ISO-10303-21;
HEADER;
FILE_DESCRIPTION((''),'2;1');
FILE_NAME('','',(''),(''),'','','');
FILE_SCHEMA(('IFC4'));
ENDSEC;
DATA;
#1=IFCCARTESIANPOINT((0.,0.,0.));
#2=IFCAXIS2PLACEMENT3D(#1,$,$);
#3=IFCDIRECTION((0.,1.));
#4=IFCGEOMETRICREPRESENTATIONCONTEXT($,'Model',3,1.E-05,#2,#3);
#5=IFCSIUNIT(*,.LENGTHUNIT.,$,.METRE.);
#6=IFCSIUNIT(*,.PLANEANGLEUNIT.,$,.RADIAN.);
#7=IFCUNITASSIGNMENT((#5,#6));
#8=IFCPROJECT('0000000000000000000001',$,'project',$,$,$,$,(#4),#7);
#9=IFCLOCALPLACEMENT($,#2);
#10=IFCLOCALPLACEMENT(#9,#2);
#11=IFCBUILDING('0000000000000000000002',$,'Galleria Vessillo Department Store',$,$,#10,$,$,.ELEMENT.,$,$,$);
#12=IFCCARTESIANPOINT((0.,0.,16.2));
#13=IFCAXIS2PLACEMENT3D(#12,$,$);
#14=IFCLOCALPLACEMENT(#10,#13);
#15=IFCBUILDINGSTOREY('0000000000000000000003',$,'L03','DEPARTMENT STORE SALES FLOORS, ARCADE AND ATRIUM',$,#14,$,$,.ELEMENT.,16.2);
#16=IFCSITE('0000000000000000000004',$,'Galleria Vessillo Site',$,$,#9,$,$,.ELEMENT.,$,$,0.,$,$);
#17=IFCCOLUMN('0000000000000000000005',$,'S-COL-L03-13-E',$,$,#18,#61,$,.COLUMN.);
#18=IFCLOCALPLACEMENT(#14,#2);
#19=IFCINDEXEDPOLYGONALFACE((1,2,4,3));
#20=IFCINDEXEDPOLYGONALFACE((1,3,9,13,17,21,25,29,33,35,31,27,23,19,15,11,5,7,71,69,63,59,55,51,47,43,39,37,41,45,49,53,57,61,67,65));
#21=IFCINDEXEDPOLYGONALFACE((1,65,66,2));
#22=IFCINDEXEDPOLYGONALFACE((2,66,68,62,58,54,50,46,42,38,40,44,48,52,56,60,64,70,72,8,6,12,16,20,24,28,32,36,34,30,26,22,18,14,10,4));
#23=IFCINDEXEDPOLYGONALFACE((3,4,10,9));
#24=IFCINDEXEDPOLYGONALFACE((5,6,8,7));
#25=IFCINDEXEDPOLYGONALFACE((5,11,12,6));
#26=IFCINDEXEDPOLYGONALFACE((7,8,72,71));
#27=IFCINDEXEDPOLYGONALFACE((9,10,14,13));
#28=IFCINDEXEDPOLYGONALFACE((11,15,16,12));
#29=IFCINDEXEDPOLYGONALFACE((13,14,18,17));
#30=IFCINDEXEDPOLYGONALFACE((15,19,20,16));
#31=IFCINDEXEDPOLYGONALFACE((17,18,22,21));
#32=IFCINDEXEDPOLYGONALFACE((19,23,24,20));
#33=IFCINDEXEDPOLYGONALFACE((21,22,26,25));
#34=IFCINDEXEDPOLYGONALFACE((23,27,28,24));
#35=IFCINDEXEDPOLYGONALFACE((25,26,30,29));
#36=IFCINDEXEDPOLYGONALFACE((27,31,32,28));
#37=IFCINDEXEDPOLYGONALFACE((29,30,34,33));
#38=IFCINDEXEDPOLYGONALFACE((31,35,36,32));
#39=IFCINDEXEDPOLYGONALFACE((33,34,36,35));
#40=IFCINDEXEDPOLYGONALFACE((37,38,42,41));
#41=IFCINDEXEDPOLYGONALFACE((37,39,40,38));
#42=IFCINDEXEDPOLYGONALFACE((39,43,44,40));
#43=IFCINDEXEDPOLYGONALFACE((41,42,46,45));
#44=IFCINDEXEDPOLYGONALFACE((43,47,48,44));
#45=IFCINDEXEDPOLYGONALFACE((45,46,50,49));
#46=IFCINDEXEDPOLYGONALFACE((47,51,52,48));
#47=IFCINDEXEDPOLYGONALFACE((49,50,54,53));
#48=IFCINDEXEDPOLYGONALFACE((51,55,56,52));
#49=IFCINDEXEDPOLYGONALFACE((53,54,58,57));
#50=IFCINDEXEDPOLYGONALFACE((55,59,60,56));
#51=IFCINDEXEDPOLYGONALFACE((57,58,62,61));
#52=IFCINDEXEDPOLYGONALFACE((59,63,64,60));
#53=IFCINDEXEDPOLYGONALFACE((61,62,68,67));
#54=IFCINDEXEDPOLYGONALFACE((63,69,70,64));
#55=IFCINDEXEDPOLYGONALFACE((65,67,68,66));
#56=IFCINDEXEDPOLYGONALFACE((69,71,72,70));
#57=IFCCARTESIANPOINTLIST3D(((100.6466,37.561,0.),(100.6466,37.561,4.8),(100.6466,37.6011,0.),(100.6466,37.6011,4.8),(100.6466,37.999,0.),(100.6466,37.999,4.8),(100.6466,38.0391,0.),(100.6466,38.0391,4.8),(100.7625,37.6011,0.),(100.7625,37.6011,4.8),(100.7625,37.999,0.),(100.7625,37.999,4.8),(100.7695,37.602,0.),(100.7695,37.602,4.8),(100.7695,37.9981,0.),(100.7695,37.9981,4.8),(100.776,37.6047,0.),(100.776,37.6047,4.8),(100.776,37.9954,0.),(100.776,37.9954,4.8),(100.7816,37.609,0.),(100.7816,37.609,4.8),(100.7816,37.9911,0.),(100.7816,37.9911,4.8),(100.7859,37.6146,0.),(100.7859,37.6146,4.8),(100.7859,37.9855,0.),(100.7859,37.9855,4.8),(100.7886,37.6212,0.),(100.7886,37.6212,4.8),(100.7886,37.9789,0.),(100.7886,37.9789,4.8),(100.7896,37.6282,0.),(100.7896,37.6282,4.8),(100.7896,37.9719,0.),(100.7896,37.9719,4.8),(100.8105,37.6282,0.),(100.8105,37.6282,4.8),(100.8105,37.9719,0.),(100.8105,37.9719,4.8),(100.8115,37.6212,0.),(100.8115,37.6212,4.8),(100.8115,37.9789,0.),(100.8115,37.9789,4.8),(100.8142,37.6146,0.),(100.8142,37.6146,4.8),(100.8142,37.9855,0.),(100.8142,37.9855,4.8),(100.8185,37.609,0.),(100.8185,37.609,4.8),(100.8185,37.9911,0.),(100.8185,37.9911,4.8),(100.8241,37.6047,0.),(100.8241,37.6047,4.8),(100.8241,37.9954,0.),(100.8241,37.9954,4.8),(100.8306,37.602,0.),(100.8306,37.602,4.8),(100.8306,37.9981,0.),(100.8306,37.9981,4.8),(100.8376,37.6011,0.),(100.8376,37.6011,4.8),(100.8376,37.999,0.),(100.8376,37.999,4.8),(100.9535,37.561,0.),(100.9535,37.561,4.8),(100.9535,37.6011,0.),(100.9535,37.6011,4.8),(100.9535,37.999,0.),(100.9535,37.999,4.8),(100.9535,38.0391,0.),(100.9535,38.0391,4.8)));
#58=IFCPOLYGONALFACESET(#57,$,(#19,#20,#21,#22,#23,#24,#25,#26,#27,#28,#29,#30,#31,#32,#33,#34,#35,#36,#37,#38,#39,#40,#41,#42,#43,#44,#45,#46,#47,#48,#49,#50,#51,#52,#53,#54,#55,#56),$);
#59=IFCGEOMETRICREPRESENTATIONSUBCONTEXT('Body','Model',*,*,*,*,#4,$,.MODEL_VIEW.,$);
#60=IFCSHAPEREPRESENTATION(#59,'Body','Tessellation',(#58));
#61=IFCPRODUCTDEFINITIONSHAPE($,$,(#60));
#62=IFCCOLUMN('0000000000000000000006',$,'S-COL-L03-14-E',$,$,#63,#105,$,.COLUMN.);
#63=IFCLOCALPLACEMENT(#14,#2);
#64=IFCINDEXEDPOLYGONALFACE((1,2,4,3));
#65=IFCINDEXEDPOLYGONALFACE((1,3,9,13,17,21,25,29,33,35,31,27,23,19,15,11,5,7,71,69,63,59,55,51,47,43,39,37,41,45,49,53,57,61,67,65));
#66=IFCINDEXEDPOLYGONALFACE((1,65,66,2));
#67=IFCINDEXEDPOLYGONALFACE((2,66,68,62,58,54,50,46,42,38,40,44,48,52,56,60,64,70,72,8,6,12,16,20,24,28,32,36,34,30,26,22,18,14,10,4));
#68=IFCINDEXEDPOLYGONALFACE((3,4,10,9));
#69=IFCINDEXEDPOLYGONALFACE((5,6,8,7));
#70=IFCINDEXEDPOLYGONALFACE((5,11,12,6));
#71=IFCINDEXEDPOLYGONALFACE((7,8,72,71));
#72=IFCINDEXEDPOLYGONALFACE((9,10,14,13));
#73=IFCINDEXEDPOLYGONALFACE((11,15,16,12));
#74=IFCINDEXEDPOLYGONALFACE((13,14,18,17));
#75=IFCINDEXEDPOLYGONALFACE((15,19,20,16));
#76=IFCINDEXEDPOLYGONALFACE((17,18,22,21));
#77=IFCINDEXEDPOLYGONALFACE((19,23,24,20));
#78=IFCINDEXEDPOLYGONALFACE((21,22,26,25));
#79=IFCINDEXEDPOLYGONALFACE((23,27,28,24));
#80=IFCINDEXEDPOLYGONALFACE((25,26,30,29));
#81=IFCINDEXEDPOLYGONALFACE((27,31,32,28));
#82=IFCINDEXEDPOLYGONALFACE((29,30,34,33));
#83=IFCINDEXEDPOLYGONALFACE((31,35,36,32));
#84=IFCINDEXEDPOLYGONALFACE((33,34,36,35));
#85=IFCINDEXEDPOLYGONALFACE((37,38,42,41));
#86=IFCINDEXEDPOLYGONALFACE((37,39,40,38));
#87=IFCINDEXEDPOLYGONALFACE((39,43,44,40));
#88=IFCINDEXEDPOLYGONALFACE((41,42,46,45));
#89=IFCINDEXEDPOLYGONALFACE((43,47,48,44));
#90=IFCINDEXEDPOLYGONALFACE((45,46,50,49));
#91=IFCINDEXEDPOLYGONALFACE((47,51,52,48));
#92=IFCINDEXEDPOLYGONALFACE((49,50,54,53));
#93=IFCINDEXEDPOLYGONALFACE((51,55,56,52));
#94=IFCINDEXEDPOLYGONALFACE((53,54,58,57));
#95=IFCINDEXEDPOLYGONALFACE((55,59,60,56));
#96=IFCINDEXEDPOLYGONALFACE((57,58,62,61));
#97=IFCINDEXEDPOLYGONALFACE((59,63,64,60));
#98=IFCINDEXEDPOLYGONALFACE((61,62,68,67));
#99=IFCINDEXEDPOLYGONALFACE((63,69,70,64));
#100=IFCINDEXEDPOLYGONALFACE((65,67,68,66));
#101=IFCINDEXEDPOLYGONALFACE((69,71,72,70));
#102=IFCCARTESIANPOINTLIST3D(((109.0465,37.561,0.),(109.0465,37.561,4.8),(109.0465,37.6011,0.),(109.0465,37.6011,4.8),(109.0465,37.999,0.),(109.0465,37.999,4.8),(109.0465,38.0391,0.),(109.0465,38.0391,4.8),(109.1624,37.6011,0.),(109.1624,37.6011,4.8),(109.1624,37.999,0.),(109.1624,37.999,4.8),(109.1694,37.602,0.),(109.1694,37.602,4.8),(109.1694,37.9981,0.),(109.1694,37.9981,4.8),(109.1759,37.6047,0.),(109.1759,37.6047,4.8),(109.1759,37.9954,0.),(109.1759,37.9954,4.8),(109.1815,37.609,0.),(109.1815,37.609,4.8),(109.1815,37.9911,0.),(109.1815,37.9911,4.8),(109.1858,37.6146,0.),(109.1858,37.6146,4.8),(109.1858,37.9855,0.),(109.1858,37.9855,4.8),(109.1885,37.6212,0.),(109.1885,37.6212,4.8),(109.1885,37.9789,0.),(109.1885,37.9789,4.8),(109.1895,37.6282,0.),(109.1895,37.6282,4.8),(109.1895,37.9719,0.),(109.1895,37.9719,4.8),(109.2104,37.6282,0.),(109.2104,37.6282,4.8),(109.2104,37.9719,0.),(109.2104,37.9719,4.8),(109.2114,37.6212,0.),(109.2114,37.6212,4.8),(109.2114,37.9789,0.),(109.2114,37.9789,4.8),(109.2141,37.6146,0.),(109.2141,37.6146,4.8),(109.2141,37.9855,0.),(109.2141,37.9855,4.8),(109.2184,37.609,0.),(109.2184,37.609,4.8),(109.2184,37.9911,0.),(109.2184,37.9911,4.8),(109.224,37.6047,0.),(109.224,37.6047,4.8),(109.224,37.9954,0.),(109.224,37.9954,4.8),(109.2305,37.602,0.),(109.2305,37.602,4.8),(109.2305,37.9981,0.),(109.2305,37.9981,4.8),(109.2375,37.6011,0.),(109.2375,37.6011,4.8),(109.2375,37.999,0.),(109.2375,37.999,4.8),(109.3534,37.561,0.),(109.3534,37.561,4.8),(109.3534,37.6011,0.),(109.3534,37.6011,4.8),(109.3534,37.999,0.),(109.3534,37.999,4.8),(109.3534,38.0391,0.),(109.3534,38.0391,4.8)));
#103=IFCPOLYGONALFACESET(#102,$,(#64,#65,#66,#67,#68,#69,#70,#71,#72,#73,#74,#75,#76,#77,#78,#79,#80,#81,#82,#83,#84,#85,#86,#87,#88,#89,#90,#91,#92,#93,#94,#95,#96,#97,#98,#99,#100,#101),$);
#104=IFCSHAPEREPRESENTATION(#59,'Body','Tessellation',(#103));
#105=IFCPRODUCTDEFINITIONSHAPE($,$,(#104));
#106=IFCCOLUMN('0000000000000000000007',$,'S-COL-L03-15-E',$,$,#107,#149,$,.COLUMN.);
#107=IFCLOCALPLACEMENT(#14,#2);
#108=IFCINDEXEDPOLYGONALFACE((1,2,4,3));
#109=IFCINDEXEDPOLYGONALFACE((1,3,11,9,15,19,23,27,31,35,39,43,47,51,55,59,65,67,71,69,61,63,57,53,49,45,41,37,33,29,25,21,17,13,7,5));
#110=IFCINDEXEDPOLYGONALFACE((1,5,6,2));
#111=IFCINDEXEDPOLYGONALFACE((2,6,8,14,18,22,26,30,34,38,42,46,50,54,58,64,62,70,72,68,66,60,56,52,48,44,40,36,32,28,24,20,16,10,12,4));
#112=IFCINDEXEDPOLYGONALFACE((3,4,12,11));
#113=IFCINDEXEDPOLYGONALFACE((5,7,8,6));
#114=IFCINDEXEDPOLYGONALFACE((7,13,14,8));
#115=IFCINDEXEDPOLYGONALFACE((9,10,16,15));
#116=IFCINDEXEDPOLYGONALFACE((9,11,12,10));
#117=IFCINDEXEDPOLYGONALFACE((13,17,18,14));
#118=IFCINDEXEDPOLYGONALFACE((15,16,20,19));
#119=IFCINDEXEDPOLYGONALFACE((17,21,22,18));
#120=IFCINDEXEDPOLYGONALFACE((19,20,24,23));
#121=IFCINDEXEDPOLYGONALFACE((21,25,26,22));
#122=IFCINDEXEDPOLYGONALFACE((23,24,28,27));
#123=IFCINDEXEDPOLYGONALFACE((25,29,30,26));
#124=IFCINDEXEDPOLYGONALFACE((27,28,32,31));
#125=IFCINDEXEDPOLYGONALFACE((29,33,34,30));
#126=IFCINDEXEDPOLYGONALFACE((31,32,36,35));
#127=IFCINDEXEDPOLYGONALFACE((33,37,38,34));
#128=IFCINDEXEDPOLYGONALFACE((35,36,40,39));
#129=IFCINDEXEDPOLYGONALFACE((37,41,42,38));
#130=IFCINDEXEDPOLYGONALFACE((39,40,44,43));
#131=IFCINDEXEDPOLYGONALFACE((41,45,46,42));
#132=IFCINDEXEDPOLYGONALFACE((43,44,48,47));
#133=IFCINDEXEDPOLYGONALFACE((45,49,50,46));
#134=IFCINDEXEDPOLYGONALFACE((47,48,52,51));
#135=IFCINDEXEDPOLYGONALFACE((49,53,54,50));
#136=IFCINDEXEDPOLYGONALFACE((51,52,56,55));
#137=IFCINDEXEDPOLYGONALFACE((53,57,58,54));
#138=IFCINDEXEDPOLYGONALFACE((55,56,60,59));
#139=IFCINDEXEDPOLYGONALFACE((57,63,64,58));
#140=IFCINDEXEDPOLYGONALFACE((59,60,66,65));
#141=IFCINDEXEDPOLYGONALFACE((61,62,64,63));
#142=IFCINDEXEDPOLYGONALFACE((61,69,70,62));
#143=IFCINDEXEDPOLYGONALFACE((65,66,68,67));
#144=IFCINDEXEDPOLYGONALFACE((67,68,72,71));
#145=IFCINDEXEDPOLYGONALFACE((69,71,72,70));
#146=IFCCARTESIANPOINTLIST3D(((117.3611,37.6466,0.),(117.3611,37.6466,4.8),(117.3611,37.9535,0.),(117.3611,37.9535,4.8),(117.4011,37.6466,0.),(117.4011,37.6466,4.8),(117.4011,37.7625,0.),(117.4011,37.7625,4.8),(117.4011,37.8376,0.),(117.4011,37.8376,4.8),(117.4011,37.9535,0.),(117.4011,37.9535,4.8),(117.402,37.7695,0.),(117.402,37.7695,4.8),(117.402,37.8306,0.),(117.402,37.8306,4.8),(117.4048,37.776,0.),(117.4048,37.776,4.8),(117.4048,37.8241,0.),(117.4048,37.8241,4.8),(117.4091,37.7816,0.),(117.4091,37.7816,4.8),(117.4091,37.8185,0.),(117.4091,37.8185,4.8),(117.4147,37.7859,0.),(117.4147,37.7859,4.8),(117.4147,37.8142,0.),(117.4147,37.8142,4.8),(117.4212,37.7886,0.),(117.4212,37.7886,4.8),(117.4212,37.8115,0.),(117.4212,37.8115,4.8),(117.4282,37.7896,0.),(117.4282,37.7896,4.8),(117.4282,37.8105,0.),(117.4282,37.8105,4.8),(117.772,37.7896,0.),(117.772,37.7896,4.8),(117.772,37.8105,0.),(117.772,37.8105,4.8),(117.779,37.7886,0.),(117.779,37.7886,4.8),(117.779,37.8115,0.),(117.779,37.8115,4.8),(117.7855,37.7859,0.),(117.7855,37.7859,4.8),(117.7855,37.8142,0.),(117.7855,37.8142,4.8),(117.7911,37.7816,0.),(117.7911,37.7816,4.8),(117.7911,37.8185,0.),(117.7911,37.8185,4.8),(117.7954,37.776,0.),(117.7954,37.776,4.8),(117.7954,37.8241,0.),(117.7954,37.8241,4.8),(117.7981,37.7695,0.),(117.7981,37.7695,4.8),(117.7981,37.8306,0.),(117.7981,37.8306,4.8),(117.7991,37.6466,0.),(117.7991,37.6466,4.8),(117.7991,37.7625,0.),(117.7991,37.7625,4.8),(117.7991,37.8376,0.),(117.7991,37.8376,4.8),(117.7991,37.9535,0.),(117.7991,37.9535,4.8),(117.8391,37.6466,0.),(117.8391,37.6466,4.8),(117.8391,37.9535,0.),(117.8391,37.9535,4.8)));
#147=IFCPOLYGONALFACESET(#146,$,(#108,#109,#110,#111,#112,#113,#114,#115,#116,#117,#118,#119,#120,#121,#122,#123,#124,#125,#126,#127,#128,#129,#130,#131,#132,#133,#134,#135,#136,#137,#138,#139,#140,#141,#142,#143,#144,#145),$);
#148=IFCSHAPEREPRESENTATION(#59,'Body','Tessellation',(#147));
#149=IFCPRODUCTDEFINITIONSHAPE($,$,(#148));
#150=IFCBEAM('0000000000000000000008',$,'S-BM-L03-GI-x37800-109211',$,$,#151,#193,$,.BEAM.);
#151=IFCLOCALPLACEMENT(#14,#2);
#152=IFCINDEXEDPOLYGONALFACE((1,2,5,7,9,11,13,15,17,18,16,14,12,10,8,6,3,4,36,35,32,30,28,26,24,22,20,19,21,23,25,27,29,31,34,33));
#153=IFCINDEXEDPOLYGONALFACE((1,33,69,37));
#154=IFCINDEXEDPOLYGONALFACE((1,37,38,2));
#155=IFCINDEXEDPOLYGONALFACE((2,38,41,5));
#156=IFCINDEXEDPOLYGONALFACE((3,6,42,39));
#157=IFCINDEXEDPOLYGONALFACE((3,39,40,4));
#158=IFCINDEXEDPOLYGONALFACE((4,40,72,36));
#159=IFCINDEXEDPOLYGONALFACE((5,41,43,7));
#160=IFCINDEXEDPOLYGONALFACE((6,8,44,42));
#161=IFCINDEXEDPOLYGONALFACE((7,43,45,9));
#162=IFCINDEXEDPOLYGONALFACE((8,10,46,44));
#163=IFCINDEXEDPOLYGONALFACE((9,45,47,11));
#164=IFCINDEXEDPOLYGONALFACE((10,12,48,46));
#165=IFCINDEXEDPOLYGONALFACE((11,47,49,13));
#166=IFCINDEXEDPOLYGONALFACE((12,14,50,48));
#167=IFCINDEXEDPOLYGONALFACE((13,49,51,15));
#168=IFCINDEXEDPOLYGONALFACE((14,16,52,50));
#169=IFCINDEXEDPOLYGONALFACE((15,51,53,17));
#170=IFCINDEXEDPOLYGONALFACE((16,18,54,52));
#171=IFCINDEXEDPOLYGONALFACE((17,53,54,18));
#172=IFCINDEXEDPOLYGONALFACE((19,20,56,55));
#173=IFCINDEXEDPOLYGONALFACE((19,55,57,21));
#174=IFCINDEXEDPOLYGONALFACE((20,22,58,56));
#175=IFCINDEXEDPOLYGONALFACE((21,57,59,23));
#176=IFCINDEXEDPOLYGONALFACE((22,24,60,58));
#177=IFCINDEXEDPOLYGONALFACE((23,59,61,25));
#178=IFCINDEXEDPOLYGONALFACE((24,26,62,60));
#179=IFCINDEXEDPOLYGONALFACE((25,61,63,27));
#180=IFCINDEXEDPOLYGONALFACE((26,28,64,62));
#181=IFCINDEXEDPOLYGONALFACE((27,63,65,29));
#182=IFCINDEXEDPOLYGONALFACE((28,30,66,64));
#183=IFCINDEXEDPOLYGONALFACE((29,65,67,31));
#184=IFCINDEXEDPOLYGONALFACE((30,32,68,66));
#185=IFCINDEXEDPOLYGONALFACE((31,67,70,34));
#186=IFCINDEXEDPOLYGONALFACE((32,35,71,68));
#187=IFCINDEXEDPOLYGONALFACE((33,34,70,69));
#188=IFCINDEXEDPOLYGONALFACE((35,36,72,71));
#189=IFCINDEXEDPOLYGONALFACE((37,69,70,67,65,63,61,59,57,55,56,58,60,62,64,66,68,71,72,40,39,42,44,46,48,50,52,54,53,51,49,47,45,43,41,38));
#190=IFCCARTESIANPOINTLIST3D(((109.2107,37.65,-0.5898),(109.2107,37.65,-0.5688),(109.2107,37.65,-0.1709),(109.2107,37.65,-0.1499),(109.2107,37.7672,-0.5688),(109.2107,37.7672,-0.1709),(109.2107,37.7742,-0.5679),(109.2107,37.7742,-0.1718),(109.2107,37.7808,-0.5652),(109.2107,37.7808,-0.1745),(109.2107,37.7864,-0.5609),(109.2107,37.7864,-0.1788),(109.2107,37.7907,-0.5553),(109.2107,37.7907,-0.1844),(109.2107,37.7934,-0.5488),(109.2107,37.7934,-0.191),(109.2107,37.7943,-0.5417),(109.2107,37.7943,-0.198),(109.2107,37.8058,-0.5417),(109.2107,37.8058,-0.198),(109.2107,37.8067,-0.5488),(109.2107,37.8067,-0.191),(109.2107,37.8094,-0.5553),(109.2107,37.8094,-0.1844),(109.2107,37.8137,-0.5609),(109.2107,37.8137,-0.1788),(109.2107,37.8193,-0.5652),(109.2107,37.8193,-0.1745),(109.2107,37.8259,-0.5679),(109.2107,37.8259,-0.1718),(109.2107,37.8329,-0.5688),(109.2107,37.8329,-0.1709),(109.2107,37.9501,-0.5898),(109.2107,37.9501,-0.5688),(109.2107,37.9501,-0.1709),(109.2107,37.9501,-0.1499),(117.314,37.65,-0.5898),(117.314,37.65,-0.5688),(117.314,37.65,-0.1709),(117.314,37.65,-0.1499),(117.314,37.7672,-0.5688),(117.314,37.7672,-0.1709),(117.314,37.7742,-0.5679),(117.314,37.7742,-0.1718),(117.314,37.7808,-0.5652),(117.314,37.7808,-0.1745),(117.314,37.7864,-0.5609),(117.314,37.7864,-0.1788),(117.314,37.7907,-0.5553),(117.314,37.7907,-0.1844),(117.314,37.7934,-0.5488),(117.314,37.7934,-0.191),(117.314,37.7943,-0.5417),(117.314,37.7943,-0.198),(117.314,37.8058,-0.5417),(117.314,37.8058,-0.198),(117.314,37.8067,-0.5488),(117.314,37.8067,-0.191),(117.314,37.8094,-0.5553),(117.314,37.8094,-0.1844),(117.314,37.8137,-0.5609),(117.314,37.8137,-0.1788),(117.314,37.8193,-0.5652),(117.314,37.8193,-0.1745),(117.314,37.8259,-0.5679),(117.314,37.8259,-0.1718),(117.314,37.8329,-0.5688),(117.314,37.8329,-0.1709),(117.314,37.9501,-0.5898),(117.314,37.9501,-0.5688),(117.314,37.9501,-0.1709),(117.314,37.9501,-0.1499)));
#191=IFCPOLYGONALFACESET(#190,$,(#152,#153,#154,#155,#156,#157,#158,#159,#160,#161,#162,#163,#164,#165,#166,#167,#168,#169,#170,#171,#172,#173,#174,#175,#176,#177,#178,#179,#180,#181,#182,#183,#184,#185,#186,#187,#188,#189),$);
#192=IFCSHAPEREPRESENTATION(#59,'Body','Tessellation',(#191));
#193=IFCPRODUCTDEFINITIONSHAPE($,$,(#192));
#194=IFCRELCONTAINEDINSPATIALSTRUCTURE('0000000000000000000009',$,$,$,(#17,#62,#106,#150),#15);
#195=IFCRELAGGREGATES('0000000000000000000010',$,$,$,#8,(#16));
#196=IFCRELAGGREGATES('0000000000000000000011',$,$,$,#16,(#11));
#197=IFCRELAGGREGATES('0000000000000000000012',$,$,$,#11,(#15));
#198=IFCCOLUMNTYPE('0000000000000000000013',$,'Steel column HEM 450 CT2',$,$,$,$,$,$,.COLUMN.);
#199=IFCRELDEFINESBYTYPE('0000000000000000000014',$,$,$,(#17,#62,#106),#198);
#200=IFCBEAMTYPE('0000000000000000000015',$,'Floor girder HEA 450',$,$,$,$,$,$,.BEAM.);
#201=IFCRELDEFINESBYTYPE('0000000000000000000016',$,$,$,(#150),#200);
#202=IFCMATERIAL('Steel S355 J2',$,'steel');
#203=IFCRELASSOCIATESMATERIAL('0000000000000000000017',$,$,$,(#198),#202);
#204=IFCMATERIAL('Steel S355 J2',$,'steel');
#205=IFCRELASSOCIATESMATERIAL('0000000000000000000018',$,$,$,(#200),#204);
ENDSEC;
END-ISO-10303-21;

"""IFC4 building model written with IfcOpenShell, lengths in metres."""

from ifc_helpers import new_model, si_unit, direction, frame, origin, origin_2d, place, context, subcontext, project, spatial, i_section, extrude, material, material_profile, profile_set, type_object, element, save


model = new_model("IFC4")

# Units and contexts
model_context = context("Model", 3, precision=1e-05, world=origin(), true_north=direction((0.0, 1.0)))
body_context = subcontext(model_context, "Body", "Model", "MODEL_VIEW")
ifc_project = project(units=[si_unit("LENGTHUNIT", "METRE"), si_unit("PLANEANGLEUNIT", "RADIAN")], contexts=[model_context])

# Site, building, storey
site_placement = place(None, origin())
site = spatial("IfcSite", under=ifc_project, at=site_placement, Name="Galleria Vessillo Site", CompositionType="ELEMENT", RefElevation=0.0)
building_placement = place(site_placement, origin())
building = spatial("IfcBuilding", under=site, at=building_placement, Name="Galleria Vessillo Department Store", CompositionType="ELEMENT")
storey_placement = place(building_placement, frame((0.0, 0.0, 16.2)))
storey = spatial("IfcBuildingStorey", under=building, at=storey_placement, Name="L03", Description="DEPARTMENT STORE SALES FLOORS, ARCADE AND ATRIUM", CompositionType="ELEMENT", Elevation=16.2)

# Columns
ifc_material_1 = material(Name="Steel S355 J2", Category="steel")
ifc_material_profile_1 = material_profile(ifc_material_1, i_section(OverallWidth=0.3069, OverallDepth=0.478, WebThickness=0.021, FlangeThickness=0.04, FilletRadius=0.0271, at=origin_2d()), Name="HEM 450")
ifc_profile_set_1 = profile_set([ifc_material_profile_1], Name="Steel S355 J2")
column_type = type_object("IfcColumnType", Name="Steel column HEM 450 CT2", PredefinedType="COLUMN", material=ifc_profile_set_1)
for number, where, z_axis, x_axis, name in (
    (1, (100.8, 37.8, 0.0), (0.0, 0.0, 1.0), (1.0, 0.0, 0.0), "S-COL-L03-13-E"),
    (2, (109.2, 37.8, 0.0), (0.0, 0.0, 1.0), (1.0, 0.0, 0.0), "S-COL-L03-14-E"),
    (3, (117.6001, 37.8, 0.0), (0.0, 0.0, 1.0), (0.0, 1.0, 0.0), "S-COL-L03-15-E"),
):
    element("IfcColumn", number, at=place(storey_placement, frame(where, z_axis=z_axis, x_axis=x_axis)), inside=storey, type_object=column_type, Name=name, PredefinedType="COLUMN", context=body_context, shape_type="SweptSolid", body=[
        extrude(i_section(OverallWidth=0.3069, OverallDepth=0.478, WebThickness=0.021, FlangeThickness=0.04, FilletRadius=0.0271, at=origin_2d()), origin(), (0.0, 0.0, 1.0), 4.8),
    ])

# Beam
ifc_material_2 = material(Name="Steel S355 J2", Category="steel")
ifc_material_profile_2 = material_profile(ifc_material_2, i_section(OverallWidth=0.3, OverallDepth=0.4399, WebThickness=0.0115, FlangeThickness=0.021, FilletRadius=0.0271, at=origin_2d()), Name="HEA 450")
ifc_profile_set_2 = profile_set([ifc_material_profile_2], Name="Steel S355 J2")
beam_type_1 = type_object("IfcBeamType", Name="Floor girder HEA 450", PredefinedType="BEAM", material=ifc_profile_set_2)
beam_1_placement = place(storey_placement, frame((109.2107, 37.8, -0.3699), z_axis=(1.0, 0.0, 0.0), x_axis=(0.0, 1.0, 0.0)))
element("IfcBeam", 4, at=beam_1_placement, inside=storey, type_object=beam_type_1, Name="S-BM-L03-GI-x37800-109211", PredefinedType="BEAM", context=body_context, shape_type="SweptSolid", body=[
    extrude(i_section(OverallWidth=0.3, OverallDepth=0.4399, WebThickness=0.0115, FlangeThickness=0.021, FilletRadius=0.0271, at=origin_2d()), origin(), (0.0, 0.0, 1.0), 8.1033),
])

save(model, "model.ifc")
